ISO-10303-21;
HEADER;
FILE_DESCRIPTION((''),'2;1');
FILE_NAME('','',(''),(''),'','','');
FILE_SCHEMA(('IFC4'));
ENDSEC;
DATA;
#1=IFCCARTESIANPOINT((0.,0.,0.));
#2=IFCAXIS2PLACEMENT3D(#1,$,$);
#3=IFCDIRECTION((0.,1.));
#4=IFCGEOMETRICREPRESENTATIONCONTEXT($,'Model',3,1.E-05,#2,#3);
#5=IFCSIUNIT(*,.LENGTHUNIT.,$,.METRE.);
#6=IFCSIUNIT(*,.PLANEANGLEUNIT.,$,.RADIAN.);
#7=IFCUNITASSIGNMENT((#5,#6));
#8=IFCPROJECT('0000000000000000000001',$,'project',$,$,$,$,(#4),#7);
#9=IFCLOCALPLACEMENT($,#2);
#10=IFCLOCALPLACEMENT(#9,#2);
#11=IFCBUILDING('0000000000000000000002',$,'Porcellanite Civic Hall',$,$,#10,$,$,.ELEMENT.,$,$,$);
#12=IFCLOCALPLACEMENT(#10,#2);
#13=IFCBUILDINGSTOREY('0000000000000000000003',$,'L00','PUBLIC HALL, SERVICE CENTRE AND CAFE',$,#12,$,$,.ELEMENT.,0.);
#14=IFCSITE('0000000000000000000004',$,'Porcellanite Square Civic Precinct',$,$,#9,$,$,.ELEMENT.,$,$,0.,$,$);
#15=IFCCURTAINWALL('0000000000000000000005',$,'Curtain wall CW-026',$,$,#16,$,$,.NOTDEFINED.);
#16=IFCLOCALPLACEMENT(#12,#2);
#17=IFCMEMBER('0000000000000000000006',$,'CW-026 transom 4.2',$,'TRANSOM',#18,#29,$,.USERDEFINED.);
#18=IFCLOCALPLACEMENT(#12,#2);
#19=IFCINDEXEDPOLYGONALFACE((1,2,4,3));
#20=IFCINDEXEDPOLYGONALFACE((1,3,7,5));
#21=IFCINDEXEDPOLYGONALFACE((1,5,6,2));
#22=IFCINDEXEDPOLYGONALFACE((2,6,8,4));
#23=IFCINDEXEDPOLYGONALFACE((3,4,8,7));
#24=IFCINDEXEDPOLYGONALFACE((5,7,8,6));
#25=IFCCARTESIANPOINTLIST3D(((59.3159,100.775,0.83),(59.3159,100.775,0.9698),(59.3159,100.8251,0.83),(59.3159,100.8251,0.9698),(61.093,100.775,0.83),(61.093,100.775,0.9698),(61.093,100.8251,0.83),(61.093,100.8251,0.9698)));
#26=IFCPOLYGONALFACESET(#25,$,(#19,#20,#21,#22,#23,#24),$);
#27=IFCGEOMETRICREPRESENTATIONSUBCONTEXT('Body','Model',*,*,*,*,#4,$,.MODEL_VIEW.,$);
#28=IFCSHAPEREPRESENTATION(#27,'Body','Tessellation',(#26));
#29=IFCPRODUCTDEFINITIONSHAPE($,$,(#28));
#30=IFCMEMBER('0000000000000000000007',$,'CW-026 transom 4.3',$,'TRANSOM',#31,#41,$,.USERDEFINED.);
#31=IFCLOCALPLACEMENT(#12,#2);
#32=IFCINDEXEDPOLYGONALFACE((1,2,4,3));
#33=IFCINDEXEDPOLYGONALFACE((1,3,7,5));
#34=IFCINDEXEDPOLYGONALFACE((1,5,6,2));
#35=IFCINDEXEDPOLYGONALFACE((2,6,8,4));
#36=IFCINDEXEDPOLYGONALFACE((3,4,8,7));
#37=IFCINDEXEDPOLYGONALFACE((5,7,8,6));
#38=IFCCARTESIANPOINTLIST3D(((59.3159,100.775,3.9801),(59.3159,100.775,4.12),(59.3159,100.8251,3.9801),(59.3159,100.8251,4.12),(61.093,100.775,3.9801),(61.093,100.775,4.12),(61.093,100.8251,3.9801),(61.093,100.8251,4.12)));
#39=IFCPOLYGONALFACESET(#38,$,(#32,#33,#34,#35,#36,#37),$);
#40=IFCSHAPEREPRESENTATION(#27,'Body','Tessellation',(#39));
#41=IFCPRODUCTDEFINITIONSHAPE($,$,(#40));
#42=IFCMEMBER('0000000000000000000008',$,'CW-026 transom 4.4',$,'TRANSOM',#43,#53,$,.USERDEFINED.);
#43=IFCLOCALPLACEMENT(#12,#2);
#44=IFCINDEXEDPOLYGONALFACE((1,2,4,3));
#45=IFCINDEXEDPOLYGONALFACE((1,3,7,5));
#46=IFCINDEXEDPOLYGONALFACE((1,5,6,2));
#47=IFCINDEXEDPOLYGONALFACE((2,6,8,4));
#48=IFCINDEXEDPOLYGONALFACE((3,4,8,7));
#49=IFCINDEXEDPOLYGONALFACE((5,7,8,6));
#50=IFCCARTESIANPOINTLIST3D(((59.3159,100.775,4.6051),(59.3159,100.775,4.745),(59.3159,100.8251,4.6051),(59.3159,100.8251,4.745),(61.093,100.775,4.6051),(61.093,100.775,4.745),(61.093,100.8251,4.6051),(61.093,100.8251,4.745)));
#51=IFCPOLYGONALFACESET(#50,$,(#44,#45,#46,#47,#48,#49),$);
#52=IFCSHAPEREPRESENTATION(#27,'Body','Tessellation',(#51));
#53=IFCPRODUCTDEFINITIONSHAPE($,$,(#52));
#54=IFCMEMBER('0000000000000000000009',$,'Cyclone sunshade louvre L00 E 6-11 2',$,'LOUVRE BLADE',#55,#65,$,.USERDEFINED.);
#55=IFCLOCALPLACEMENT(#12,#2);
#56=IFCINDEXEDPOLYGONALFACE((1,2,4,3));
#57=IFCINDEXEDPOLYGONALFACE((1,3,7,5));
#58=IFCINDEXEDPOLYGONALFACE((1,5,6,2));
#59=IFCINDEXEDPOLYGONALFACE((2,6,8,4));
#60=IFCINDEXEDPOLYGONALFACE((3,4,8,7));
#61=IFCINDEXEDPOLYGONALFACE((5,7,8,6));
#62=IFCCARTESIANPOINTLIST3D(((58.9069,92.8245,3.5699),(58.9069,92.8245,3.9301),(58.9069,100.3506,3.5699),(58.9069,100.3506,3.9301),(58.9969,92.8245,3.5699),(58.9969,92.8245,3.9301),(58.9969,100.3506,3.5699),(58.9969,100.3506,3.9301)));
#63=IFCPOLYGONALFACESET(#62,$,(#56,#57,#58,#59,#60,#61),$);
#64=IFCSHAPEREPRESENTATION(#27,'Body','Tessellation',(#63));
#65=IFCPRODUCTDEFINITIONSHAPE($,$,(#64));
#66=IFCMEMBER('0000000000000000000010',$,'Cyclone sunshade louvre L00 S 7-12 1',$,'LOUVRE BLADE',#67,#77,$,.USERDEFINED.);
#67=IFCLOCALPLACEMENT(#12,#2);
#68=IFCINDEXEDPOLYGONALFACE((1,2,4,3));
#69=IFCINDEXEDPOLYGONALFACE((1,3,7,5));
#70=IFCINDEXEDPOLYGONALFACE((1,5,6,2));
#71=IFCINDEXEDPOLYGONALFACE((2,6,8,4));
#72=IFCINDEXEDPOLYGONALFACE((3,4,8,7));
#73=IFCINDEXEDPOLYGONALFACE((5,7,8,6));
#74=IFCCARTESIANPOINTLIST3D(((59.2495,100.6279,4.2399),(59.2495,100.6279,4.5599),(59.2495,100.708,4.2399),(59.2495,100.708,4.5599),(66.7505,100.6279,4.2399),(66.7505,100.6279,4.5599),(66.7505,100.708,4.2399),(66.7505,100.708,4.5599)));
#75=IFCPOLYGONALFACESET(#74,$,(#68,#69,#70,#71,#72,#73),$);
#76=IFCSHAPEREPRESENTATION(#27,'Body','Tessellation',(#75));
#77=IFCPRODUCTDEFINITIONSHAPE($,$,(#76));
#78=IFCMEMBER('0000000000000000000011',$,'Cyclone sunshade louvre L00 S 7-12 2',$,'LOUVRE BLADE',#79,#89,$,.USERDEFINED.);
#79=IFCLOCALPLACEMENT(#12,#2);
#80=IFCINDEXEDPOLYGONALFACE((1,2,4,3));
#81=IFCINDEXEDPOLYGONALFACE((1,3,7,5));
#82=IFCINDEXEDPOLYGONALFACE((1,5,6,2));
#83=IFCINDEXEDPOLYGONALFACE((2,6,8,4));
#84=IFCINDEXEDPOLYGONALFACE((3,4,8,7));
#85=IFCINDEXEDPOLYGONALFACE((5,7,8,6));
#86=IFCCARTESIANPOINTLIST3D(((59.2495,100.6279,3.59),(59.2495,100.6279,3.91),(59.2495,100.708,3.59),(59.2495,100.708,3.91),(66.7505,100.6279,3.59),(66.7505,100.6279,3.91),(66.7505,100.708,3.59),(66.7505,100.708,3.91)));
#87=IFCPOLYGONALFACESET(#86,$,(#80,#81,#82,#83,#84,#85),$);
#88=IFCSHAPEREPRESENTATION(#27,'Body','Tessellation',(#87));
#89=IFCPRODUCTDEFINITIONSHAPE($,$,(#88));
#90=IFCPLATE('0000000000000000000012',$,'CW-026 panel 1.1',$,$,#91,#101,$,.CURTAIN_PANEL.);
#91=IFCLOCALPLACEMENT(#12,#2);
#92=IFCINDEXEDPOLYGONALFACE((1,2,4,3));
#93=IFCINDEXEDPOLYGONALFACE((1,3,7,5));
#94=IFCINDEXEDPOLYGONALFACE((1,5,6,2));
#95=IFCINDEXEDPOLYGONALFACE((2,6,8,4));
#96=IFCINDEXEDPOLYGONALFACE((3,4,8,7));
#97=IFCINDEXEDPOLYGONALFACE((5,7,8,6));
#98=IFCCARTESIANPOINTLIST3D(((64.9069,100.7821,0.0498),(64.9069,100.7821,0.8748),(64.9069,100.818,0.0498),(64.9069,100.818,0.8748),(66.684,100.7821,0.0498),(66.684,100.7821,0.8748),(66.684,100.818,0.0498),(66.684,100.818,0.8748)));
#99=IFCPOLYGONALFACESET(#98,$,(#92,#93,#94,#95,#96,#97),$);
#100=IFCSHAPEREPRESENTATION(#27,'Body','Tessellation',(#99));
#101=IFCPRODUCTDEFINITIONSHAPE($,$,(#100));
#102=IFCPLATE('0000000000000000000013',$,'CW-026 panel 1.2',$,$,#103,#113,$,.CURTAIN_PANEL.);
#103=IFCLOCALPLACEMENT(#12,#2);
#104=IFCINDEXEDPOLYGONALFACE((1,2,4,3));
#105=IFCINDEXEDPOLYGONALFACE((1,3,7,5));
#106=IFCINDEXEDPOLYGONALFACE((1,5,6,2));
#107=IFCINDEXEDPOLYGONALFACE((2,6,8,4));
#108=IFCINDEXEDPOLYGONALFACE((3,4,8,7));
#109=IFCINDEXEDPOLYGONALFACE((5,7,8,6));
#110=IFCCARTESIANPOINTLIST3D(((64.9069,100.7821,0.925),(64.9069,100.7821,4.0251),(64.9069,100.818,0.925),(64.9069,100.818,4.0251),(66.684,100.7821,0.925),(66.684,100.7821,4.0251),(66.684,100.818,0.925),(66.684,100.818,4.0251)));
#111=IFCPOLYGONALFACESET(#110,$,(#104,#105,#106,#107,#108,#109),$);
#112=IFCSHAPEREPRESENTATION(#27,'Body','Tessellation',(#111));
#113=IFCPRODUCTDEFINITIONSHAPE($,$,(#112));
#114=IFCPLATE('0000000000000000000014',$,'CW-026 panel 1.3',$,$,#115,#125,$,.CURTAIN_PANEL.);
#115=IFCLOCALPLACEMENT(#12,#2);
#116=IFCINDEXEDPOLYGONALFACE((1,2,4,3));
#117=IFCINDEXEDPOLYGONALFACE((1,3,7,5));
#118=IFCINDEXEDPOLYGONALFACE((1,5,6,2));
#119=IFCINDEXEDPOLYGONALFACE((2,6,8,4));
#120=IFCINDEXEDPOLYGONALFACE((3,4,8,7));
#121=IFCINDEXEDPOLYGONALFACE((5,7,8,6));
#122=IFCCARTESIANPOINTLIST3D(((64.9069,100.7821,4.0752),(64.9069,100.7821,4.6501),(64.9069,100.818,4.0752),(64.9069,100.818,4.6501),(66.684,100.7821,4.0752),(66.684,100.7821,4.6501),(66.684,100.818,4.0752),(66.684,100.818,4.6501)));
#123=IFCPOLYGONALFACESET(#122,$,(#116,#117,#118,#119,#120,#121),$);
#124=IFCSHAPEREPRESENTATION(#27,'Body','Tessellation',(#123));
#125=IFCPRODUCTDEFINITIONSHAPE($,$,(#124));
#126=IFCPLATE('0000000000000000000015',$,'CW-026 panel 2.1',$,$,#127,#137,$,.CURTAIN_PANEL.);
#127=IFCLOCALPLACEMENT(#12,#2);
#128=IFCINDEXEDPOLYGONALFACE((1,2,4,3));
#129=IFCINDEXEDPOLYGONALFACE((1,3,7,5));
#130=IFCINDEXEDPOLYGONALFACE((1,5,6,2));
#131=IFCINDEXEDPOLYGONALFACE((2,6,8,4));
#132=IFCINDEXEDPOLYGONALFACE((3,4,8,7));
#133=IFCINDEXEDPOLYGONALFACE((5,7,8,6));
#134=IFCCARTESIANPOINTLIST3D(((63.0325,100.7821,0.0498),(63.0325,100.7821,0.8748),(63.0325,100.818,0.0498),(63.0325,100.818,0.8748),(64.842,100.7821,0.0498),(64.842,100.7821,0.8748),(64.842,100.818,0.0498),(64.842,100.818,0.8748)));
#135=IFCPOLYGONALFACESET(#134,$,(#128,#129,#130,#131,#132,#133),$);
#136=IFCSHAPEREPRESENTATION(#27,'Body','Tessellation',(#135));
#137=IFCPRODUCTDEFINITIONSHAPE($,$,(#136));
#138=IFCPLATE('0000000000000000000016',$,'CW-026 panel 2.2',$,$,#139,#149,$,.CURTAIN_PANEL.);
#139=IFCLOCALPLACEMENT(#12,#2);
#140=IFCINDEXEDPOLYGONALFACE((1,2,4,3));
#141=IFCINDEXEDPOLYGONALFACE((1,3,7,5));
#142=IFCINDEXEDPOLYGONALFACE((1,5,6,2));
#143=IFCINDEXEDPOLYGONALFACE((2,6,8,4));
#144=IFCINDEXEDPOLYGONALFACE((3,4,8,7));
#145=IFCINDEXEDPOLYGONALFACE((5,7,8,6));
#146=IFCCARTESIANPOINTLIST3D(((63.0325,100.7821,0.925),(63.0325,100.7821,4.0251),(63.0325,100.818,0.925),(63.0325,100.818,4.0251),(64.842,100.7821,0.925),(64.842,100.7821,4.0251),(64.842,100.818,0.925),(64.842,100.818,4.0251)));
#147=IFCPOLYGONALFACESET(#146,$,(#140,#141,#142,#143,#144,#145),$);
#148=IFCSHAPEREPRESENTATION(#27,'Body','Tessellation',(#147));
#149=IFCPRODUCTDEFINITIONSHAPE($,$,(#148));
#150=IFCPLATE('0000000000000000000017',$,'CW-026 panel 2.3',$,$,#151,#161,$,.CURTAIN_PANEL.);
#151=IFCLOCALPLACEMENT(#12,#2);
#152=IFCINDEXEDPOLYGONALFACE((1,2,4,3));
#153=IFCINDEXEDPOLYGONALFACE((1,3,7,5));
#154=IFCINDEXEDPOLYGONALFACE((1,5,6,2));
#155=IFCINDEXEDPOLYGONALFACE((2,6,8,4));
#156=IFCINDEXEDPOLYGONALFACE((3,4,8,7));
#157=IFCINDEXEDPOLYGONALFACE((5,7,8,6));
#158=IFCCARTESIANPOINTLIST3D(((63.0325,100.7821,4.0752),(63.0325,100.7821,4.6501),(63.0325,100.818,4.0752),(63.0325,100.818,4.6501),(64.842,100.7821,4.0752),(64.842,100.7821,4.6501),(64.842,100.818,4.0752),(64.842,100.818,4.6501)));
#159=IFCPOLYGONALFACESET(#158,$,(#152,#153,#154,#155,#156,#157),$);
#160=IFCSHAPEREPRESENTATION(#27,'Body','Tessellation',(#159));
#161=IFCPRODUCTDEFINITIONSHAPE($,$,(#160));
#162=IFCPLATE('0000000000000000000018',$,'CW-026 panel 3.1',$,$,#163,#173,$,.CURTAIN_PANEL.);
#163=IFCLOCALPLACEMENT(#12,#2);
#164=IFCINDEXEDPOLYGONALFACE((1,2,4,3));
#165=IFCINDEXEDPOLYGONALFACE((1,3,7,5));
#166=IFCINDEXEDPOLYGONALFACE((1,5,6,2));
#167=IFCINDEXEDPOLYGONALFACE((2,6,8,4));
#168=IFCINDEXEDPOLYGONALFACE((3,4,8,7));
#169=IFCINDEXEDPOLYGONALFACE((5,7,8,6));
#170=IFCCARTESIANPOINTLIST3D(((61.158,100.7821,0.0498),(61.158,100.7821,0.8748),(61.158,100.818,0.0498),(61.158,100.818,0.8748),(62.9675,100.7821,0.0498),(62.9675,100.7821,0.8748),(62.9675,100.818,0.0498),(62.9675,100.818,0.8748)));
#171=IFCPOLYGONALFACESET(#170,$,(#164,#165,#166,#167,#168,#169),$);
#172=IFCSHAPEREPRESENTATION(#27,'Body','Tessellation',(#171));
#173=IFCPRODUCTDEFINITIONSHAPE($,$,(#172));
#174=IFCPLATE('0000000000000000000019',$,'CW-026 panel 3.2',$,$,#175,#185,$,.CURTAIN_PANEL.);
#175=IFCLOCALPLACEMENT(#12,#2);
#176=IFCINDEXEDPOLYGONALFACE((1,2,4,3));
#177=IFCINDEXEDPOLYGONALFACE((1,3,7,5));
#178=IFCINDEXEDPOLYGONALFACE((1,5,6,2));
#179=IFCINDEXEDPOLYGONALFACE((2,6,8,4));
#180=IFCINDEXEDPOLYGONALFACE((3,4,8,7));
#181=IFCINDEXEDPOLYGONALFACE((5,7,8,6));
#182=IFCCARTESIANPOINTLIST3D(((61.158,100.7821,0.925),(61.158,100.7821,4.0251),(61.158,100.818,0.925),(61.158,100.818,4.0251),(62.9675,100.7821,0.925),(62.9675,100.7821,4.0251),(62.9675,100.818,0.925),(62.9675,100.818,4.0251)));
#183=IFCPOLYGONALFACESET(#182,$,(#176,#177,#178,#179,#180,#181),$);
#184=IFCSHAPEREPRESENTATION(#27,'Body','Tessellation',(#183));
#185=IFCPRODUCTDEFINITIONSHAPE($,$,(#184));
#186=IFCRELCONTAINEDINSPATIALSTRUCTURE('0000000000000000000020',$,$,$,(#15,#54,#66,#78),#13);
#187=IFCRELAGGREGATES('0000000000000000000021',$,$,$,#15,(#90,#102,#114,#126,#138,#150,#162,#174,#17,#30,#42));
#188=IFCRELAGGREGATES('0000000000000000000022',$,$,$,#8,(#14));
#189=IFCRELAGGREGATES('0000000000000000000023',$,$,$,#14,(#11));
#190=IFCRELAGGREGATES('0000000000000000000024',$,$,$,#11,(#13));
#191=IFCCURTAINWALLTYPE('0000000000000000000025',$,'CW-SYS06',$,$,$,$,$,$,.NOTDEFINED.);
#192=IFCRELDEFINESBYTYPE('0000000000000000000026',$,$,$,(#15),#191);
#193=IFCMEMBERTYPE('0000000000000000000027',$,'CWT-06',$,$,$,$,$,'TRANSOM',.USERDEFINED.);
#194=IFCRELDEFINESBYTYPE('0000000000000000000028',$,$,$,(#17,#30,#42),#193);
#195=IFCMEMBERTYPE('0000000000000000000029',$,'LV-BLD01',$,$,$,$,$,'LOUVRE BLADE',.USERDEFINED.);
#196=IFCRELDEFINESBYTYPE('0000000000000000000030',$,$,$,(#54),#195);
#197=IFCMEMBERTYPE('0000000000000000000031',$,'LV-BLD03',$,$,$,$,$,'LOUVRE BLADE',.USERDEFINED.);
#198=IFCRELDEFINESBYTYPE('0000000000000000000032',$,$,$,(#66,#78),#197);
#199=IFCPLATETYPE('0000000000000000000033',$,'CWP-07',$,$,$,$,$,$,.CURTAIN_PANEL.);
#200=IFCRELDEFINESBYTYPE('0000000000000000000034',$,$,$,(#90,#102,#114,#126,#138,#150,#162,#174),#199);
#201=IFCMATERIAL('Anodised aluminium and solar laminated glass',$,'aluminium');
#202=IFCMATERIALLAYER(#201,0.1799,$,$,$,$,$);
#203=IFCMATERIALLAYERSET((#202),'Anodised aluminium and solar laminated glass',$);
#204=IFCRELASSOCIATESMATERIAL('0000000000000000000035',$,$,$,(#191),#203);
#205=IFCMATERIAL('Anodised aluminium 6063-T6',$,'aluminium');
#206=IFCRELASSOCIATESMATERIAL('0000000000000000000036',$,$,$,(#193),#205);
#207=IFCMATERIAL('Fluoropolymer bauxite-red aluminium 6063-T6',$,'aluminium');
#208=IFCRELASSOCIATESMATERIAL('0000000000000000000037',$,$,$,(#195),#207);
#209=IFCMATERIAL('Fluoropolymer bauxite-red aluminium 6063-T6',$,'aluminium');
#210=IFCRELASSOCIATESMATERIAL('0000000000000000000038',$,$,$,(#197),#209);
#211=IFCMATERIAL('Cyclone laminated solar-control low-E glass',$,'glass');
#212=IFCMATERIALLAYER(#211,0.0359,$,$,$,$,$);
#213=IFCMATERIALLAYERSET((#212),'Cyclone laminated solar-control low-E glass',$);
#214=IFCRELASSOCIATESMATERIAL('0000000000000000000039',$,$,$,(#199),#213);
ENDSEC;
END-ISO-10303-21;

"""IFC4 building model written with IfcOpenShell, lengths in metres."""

from ifc_helpers import new_model, si_unit, direction, frame, origin, origin_2d, place, context, subcontext, project, spatial, rectangle, extrude, material, layer, layer_set, material_profile, profile_set, type_object, element, aggregate, save


model = new_model("IFC4")

# Units and contexts
model_context = context("Model", 3, precision=1e-05, world=origin(), true_north=direction((0.0, 1.0)))
body_context = subcontext(model_context, "Body", "Model", "MODEL_VIEW")
ifc_project = project(units=[si_unit("LENGTHUNIT", "METRE"), si_unit("PLANEANGLEUNIT", "RADIAN")], contexts=[model_context])

# Site, building, storey
site_placement = place(None, origin())
site = spatial("IfcSite", under=ifc_project, at=site_placement, Name="Porcellanite Square Civic Precinct", CompositionType="ELEMENT", RefElevation=0.0)
building_placement = place(site_placement, origin())
building = spatial("IfcBuilding", under=site, at=building_placement, Name="Porcellanite Civic Hall", CompositionType="ELEMENT")
storey_placement = place(building_placement, origin())
storey = spatial("IfcBuildingStorey", under=building, at=storey_placement, Name="L00", Description="PUBLIC HALL, SERVICE CENTRE AND CAFE", CompositionType="ELEMENT", Elevation=0.0)

# Curtain wall, members
ifc_material_1 = material(Name="Anodised aluminium and solar laminated glass", Category="aluminium")
ifc_layer_1 = layer(ifc_material_1, 0.1799)
ifc_layer_set_1 = layer_set([ifc_layer_1], Name="Anodised aluminium and solar laminated glass")
curtain_wall_type = type_object("IfcCurtainWallType", Name="CW-SYS06", PredefinedType="NOTDEFINED", material=ifc_layer_set_1)
curtain_wall_placement = place(storey_placement, origin())
curtain_wall = element("IfcCurtainWall", 1, at=curtain_wall_placement, inside=storey, type_object=curtain_wall_type, Name="Curtain wall CW-026", PredefinedType="NOTDEFINED")
ifc_material_2 = material(Name="Anodised aluminium 6063-T6", Category="aluminium")
ifc_material_profile_1 = material_profile(ifc_material_2, rectangle(XDim=0.05, YDim=0.1399, at=origin_2d()), Name="AL-50x140")
ifc_profile_set_1 = profile_set([ifc_material_profile_1], Name="Anodised aluminium 6063-T6")
member_type_1 = type_object("IfcMemberType", Name="CWT-06", ElementType="TRANSOM", PredefinedType="USERDEFINED", material=ifc_profile_set_1)
member_1_placement = place(storey_placement, frame((61.093, 100.8, 0.8999), z_axis=(-1.0, 0.0, 0.0), x_axis=(0.0, -1.0, 0.0)))
member_1 = element("IfcMember", 2, at=member_1_placement, type_object=member_type_1, Name="CW-026 transom 4.2", ObjectType="TRANSOM", PredefinedType="USERDEFINED", context=body_context, shape_type="SweptSolid", body=[
    extrude(rectangle(XDim=0.05, YDim=0.1399, at=origin_2d()), origin(), (0.0, 0.0, 1.0), 1.7771),
])
member_2_placement = place(storey_placement, frame((61.093, 100.8, 4.05), z_axis=(-1.0, 0.0, 0.0), x_axis=(0.0, -1.0, 0.0)))
member_2 = element("IfcMember", 3, at=member_2_placement, type_object=member_type_1, Name="CW-026 transom 4.3", ObjectType="TRANSOM", PredefinedType="USERDEFINED", context=body_context, shape_type="SweptSolid", body=[
    extrude(rectangle(XDim=0.05, YDim=0.1399, at=origin_2d()), origin(), (0.0, 0.0, 1.0), 1.7771),
])
member_3_placement = place(storey_placement, frame((61.093, 100.8, 4.675), z_axis=(-1.0, 0.0, 0.0), x_axis=(0.0, -1.0, 0.0)))
member_3 = element("IfcMember", 4, at=member_3_placement, type_object=member_type_1, Name="CW-026 transom 4.4", ObjectType="TRANSOM", PredefinedType="USERDEFINED", context=body_context, shape_type="SweptSolid", body=[
    extrude(rectangle(XDim=0.05, YDim=0.1399, at=origin_2d()), origin(), (0.0, 0.0, 1.0), 1.7771),
])

# Members
ifc_material_3 = material(Name="Fluoropolymer bauxite-red aluminium 6063-T6", Category="aluminium")
ifc_material_profile_2 = material_profile(ifc_material_3, rectangle(XDim=0.0901, YDim=0.3601, at=origin_2d()), Name="AL-90x360")
ifc_profile_set_2 = profile_set([ifc_material_profile_2], Name="Fluoropolymer bauxite-red aluminium 6063-T6")
member_type_2 = type_object("IfcMemberType", Name="LV-BLD01", ElementType="LOUVRE BLADE", PredefinedType="USERDEFINED", material=ifc_profile_set_2)
member_4_placement = place(storey_placement, frame((58.9519, 100.3506, 3.75), z_axis=(0.0, -1.0, 0.0), x_axis=(1.0, 0.0, 0.0)))
element("IfcMember", 5, at=member_4_placement, inside=storey, type_object=member_type_2, Name="Cyclone sunshade louvre L00 E 6-11 2", ObjectType="LOUVRE BLADE", PredefinedType="USERDEFINED", context=body_context, shape_type="SweptSolid", body=[
    extrude(rectangle(XDim=0.0901, YDim=0.3601, at=origin_2d()), origin(), (0.0, 0.0, 1.0), 7.5261),
])
ifc_material_4 = material(Name="Fluoropolymer bauxite-red aluminium 6063-T6", Category="aluminium")
ifc_material_profile_3 = material_profile(ifc_material_4, rectangle(XDim=0.0801, YDim=0.3201, at=origin_2d()), Name="AL-80x320")
ifc_profile_set_3 = profile_set([ifc_material_profile_3], Name="Fluoropolymer bauxite-red aluminium 6063-T6")
member_type_3 = type_object("IfcMemberType", Name="LV-BLD03", ElementType="LOUVRE BLADE", PredefinedType="USERDEFINED", material=ifc_profile_set_3)
for number, where, z_axis, x_axis, name in (
    (6, (66.7505, 100.668, 4.3999), (-1.0, 0.0, 0.0), (0.0, -1.0, 0.0), "Cyclone sunshade louvre L00 S 7-12 1"),
    (7, (66.7505, 100.668, 3.75), (-1.0, 0.0, 0.0), (0.0, -1.0, 0.0), "Cyclone sunshade louvre L00 S 7-12 2"),
):
    element("IfcMember", number, at=place(storey_placement, frame(where, z_axis=z_axis, x_axis=x_axis)), inside=storey, type_object=member_type_3, Name=name, ObjectType="LOUVRE BLADE", PredefinedType="USERDEFINED", context=body_context, shape_type="SweptSolid", body=[
        extrude(rectangle(XDim=0.0801, YDim=0.3201, at=origin_2d()), origin(), (0.0, 0.0, 1.0), 7.501),
    ])

# Plates
ifc_material_5 = material(Name="Cyclone laminated solar-control low-E glass", Category="glass")
ifc_layer_2 = layer(ifc_material_5, 0.0359)
ifc_layer_set_2 = layer_set([ifc_layer_2], Name="Cyclone laminated solar-control low-E glass")
plate_type = type_object("IfcPlateType", Name="CWP-07", PredefinedType="CURTAIN_PANEL", material=ifc_layer_set_2)
plate_1_placement = place(storey_placement, frame((65.7954, 100.8, 0.0498), z_axis=(0.0, 0.0, 1.0), x_axis=(-1.0, 0.0, 0.0)))
plate_1 = element("IfcPlate", 8, at=plate_1_placement, type_object=plate_type, Name="CW-026 panel 1.1", PredefinedType="CURTAIN_PANEL", context=body_context, shape_type="SweptSolid", body=[
    extrude(rectangle(XDim=1.7771, YDim=0.0359, at=origin_2d()), origin(), (0.0, 0.0, 1.0), 0.825),
])
plate_2_placement = place(storey_placement, frame((65.7954, 100.8, 0.925), z_axis=(0.0, 0.0, 1.0), x_axis=(-1.0, 0.0, 0.0)))
plate_2 = element("IfcPlate", 9, at=plate_2_placement, type_object=plate_type, Name="CW-026 panel 1.2", PredefinedType="CURTAIN_PANEL", context=body_context, shape_type="SweptSolid", body=[
    extrude(rectangle(XDim=1.7771, YDim=0.0359, at=origin_2d()), origin(), (0.0, 0.0, 1.0), 3.1001),
])
plate_3_placement = place(storey_placement, frame((65.7954, 100.8, 4.0752), z_axis=(0.0, 0.0, 1.0), x_axis=(-1.0, 0.0, 0.0)))
plate_3 = element("IfcPlate", 10, at=plate_3_placement, type_object=plate_type, Name="CW-026 panel 1.3", PredefinedType="CURTAIN_PANEL", context=body_context, shape_type="SweptSolid", body=[
    extrude(rectangle(XDim=1.7771, YDim=0.0359, at=origin_2d()), origin(), (0.0, 0.0, 1.0), 0.575),
])
plate_4_placement = place(storey_placement, frame((63.9373, 100.8, 0.0498), z_axis=(0.0, 0.0, 1.0), x_axis=(-1.0, 0.0, 0.0)))
plate_4 = element("IfcPlate", 11, at=plate_4_placement, type_object=plate_type, Name="CW-026 panel 2.1", PredefinedType="CURTAIN_PANEL", context=body_context, shape_type="SweptSolid", body=[
    extrude(rectangle(XDim=1.8096, YDim=0.0359, at=origin_2d()), origin(), (0.0, 0.0, 1.0), 0.825),
])
plate_5_placement = place(storey_placement, frame((63.9373, 100.8, 0.925), z_axis=(0.0, 0.0, 1.0), x_axis=(-1.0, 0.0, 0.0)))
plate_5 = element("IfcPlate", 12, at=plate_5_placement, type_object=plate_type, Name="CW-026 panel 2.2", PredefinedType="CURTAIN_PANEL", context=body_context, shape_type="SweptSolid", body=[
    extrude(rectangle(XDim=1.8096, YDim=0.0359, at=origin_2d()), origin(), (0.0, 0.0, 1.0), 3.1001),
])
plate_6_placement = place(storey_placement, frame((63.9373, 100.8, 4.0752), z_axis=(0.0, 0.0, 1.0), x_axis=(-1.0, 0.0, 0.0)))
plate_6 = element("IfcPlate", 13, at=plate_6_placement, type_object=plate_type, Name="CW-026 panel 2.3", PredefinedType="CURTAIN_PANEL", context=body_context, shape_type="SweptSolid", body=[
    extrude(rectangle(XDim=1.8096, YDim=0.0359, at=origin_2d()), origin(), (0.0, 0.0, 1.0), 0.575),
])
plate_7_placement = place(storey_placement, frame((62.0627, 100.8, 0.0498), z_axis=(0.0, 0.0, 1.0), x_axis=(-1.0, 0.0, 0.0)))
plate_7 = element("IfcPlate", 14, at=plate_7_placement, type_object=plate_type, Name="CW-026 panel 3.1", PredefinedType="CURTAIN_PANEL", context=body_context, shape_type="SweptSolid", body=[
    extrude(rectangle(XDim=1.8096, YDim=0.0359, at=origin_2d()), origin(), (0.0, 0.0, 1.0), 0.825),
])
plate_8_placement = place(storey_placement, frame((62.0627, 100.8, 0.925), z_axis=(0.0, 0.0, 1.0), x_axis=(-1.0, 0.0, 0.0)))
plate_8 = element("IfcPlate", 15, at=plate_8_placement, type_object=plate_type, Name="CW-026 panel 3.2", PredefinedType="CURTAIN_PANEL", context=body_context, shape_type="SweptSolid", body=[
    extrude(rectangle(XDim=1.8096, YDim=0.0359, at=origin_2d()), origin(), (0.0, 0.0, 1.0), 3.1001),
])
aggregate(curtain_wall, [plate_1, plate_2, plate_3, plate_4, plate_5, plate_6, plate_7, plate_8, member_1, member_2, member_3])

save(model, "model.ifc")
